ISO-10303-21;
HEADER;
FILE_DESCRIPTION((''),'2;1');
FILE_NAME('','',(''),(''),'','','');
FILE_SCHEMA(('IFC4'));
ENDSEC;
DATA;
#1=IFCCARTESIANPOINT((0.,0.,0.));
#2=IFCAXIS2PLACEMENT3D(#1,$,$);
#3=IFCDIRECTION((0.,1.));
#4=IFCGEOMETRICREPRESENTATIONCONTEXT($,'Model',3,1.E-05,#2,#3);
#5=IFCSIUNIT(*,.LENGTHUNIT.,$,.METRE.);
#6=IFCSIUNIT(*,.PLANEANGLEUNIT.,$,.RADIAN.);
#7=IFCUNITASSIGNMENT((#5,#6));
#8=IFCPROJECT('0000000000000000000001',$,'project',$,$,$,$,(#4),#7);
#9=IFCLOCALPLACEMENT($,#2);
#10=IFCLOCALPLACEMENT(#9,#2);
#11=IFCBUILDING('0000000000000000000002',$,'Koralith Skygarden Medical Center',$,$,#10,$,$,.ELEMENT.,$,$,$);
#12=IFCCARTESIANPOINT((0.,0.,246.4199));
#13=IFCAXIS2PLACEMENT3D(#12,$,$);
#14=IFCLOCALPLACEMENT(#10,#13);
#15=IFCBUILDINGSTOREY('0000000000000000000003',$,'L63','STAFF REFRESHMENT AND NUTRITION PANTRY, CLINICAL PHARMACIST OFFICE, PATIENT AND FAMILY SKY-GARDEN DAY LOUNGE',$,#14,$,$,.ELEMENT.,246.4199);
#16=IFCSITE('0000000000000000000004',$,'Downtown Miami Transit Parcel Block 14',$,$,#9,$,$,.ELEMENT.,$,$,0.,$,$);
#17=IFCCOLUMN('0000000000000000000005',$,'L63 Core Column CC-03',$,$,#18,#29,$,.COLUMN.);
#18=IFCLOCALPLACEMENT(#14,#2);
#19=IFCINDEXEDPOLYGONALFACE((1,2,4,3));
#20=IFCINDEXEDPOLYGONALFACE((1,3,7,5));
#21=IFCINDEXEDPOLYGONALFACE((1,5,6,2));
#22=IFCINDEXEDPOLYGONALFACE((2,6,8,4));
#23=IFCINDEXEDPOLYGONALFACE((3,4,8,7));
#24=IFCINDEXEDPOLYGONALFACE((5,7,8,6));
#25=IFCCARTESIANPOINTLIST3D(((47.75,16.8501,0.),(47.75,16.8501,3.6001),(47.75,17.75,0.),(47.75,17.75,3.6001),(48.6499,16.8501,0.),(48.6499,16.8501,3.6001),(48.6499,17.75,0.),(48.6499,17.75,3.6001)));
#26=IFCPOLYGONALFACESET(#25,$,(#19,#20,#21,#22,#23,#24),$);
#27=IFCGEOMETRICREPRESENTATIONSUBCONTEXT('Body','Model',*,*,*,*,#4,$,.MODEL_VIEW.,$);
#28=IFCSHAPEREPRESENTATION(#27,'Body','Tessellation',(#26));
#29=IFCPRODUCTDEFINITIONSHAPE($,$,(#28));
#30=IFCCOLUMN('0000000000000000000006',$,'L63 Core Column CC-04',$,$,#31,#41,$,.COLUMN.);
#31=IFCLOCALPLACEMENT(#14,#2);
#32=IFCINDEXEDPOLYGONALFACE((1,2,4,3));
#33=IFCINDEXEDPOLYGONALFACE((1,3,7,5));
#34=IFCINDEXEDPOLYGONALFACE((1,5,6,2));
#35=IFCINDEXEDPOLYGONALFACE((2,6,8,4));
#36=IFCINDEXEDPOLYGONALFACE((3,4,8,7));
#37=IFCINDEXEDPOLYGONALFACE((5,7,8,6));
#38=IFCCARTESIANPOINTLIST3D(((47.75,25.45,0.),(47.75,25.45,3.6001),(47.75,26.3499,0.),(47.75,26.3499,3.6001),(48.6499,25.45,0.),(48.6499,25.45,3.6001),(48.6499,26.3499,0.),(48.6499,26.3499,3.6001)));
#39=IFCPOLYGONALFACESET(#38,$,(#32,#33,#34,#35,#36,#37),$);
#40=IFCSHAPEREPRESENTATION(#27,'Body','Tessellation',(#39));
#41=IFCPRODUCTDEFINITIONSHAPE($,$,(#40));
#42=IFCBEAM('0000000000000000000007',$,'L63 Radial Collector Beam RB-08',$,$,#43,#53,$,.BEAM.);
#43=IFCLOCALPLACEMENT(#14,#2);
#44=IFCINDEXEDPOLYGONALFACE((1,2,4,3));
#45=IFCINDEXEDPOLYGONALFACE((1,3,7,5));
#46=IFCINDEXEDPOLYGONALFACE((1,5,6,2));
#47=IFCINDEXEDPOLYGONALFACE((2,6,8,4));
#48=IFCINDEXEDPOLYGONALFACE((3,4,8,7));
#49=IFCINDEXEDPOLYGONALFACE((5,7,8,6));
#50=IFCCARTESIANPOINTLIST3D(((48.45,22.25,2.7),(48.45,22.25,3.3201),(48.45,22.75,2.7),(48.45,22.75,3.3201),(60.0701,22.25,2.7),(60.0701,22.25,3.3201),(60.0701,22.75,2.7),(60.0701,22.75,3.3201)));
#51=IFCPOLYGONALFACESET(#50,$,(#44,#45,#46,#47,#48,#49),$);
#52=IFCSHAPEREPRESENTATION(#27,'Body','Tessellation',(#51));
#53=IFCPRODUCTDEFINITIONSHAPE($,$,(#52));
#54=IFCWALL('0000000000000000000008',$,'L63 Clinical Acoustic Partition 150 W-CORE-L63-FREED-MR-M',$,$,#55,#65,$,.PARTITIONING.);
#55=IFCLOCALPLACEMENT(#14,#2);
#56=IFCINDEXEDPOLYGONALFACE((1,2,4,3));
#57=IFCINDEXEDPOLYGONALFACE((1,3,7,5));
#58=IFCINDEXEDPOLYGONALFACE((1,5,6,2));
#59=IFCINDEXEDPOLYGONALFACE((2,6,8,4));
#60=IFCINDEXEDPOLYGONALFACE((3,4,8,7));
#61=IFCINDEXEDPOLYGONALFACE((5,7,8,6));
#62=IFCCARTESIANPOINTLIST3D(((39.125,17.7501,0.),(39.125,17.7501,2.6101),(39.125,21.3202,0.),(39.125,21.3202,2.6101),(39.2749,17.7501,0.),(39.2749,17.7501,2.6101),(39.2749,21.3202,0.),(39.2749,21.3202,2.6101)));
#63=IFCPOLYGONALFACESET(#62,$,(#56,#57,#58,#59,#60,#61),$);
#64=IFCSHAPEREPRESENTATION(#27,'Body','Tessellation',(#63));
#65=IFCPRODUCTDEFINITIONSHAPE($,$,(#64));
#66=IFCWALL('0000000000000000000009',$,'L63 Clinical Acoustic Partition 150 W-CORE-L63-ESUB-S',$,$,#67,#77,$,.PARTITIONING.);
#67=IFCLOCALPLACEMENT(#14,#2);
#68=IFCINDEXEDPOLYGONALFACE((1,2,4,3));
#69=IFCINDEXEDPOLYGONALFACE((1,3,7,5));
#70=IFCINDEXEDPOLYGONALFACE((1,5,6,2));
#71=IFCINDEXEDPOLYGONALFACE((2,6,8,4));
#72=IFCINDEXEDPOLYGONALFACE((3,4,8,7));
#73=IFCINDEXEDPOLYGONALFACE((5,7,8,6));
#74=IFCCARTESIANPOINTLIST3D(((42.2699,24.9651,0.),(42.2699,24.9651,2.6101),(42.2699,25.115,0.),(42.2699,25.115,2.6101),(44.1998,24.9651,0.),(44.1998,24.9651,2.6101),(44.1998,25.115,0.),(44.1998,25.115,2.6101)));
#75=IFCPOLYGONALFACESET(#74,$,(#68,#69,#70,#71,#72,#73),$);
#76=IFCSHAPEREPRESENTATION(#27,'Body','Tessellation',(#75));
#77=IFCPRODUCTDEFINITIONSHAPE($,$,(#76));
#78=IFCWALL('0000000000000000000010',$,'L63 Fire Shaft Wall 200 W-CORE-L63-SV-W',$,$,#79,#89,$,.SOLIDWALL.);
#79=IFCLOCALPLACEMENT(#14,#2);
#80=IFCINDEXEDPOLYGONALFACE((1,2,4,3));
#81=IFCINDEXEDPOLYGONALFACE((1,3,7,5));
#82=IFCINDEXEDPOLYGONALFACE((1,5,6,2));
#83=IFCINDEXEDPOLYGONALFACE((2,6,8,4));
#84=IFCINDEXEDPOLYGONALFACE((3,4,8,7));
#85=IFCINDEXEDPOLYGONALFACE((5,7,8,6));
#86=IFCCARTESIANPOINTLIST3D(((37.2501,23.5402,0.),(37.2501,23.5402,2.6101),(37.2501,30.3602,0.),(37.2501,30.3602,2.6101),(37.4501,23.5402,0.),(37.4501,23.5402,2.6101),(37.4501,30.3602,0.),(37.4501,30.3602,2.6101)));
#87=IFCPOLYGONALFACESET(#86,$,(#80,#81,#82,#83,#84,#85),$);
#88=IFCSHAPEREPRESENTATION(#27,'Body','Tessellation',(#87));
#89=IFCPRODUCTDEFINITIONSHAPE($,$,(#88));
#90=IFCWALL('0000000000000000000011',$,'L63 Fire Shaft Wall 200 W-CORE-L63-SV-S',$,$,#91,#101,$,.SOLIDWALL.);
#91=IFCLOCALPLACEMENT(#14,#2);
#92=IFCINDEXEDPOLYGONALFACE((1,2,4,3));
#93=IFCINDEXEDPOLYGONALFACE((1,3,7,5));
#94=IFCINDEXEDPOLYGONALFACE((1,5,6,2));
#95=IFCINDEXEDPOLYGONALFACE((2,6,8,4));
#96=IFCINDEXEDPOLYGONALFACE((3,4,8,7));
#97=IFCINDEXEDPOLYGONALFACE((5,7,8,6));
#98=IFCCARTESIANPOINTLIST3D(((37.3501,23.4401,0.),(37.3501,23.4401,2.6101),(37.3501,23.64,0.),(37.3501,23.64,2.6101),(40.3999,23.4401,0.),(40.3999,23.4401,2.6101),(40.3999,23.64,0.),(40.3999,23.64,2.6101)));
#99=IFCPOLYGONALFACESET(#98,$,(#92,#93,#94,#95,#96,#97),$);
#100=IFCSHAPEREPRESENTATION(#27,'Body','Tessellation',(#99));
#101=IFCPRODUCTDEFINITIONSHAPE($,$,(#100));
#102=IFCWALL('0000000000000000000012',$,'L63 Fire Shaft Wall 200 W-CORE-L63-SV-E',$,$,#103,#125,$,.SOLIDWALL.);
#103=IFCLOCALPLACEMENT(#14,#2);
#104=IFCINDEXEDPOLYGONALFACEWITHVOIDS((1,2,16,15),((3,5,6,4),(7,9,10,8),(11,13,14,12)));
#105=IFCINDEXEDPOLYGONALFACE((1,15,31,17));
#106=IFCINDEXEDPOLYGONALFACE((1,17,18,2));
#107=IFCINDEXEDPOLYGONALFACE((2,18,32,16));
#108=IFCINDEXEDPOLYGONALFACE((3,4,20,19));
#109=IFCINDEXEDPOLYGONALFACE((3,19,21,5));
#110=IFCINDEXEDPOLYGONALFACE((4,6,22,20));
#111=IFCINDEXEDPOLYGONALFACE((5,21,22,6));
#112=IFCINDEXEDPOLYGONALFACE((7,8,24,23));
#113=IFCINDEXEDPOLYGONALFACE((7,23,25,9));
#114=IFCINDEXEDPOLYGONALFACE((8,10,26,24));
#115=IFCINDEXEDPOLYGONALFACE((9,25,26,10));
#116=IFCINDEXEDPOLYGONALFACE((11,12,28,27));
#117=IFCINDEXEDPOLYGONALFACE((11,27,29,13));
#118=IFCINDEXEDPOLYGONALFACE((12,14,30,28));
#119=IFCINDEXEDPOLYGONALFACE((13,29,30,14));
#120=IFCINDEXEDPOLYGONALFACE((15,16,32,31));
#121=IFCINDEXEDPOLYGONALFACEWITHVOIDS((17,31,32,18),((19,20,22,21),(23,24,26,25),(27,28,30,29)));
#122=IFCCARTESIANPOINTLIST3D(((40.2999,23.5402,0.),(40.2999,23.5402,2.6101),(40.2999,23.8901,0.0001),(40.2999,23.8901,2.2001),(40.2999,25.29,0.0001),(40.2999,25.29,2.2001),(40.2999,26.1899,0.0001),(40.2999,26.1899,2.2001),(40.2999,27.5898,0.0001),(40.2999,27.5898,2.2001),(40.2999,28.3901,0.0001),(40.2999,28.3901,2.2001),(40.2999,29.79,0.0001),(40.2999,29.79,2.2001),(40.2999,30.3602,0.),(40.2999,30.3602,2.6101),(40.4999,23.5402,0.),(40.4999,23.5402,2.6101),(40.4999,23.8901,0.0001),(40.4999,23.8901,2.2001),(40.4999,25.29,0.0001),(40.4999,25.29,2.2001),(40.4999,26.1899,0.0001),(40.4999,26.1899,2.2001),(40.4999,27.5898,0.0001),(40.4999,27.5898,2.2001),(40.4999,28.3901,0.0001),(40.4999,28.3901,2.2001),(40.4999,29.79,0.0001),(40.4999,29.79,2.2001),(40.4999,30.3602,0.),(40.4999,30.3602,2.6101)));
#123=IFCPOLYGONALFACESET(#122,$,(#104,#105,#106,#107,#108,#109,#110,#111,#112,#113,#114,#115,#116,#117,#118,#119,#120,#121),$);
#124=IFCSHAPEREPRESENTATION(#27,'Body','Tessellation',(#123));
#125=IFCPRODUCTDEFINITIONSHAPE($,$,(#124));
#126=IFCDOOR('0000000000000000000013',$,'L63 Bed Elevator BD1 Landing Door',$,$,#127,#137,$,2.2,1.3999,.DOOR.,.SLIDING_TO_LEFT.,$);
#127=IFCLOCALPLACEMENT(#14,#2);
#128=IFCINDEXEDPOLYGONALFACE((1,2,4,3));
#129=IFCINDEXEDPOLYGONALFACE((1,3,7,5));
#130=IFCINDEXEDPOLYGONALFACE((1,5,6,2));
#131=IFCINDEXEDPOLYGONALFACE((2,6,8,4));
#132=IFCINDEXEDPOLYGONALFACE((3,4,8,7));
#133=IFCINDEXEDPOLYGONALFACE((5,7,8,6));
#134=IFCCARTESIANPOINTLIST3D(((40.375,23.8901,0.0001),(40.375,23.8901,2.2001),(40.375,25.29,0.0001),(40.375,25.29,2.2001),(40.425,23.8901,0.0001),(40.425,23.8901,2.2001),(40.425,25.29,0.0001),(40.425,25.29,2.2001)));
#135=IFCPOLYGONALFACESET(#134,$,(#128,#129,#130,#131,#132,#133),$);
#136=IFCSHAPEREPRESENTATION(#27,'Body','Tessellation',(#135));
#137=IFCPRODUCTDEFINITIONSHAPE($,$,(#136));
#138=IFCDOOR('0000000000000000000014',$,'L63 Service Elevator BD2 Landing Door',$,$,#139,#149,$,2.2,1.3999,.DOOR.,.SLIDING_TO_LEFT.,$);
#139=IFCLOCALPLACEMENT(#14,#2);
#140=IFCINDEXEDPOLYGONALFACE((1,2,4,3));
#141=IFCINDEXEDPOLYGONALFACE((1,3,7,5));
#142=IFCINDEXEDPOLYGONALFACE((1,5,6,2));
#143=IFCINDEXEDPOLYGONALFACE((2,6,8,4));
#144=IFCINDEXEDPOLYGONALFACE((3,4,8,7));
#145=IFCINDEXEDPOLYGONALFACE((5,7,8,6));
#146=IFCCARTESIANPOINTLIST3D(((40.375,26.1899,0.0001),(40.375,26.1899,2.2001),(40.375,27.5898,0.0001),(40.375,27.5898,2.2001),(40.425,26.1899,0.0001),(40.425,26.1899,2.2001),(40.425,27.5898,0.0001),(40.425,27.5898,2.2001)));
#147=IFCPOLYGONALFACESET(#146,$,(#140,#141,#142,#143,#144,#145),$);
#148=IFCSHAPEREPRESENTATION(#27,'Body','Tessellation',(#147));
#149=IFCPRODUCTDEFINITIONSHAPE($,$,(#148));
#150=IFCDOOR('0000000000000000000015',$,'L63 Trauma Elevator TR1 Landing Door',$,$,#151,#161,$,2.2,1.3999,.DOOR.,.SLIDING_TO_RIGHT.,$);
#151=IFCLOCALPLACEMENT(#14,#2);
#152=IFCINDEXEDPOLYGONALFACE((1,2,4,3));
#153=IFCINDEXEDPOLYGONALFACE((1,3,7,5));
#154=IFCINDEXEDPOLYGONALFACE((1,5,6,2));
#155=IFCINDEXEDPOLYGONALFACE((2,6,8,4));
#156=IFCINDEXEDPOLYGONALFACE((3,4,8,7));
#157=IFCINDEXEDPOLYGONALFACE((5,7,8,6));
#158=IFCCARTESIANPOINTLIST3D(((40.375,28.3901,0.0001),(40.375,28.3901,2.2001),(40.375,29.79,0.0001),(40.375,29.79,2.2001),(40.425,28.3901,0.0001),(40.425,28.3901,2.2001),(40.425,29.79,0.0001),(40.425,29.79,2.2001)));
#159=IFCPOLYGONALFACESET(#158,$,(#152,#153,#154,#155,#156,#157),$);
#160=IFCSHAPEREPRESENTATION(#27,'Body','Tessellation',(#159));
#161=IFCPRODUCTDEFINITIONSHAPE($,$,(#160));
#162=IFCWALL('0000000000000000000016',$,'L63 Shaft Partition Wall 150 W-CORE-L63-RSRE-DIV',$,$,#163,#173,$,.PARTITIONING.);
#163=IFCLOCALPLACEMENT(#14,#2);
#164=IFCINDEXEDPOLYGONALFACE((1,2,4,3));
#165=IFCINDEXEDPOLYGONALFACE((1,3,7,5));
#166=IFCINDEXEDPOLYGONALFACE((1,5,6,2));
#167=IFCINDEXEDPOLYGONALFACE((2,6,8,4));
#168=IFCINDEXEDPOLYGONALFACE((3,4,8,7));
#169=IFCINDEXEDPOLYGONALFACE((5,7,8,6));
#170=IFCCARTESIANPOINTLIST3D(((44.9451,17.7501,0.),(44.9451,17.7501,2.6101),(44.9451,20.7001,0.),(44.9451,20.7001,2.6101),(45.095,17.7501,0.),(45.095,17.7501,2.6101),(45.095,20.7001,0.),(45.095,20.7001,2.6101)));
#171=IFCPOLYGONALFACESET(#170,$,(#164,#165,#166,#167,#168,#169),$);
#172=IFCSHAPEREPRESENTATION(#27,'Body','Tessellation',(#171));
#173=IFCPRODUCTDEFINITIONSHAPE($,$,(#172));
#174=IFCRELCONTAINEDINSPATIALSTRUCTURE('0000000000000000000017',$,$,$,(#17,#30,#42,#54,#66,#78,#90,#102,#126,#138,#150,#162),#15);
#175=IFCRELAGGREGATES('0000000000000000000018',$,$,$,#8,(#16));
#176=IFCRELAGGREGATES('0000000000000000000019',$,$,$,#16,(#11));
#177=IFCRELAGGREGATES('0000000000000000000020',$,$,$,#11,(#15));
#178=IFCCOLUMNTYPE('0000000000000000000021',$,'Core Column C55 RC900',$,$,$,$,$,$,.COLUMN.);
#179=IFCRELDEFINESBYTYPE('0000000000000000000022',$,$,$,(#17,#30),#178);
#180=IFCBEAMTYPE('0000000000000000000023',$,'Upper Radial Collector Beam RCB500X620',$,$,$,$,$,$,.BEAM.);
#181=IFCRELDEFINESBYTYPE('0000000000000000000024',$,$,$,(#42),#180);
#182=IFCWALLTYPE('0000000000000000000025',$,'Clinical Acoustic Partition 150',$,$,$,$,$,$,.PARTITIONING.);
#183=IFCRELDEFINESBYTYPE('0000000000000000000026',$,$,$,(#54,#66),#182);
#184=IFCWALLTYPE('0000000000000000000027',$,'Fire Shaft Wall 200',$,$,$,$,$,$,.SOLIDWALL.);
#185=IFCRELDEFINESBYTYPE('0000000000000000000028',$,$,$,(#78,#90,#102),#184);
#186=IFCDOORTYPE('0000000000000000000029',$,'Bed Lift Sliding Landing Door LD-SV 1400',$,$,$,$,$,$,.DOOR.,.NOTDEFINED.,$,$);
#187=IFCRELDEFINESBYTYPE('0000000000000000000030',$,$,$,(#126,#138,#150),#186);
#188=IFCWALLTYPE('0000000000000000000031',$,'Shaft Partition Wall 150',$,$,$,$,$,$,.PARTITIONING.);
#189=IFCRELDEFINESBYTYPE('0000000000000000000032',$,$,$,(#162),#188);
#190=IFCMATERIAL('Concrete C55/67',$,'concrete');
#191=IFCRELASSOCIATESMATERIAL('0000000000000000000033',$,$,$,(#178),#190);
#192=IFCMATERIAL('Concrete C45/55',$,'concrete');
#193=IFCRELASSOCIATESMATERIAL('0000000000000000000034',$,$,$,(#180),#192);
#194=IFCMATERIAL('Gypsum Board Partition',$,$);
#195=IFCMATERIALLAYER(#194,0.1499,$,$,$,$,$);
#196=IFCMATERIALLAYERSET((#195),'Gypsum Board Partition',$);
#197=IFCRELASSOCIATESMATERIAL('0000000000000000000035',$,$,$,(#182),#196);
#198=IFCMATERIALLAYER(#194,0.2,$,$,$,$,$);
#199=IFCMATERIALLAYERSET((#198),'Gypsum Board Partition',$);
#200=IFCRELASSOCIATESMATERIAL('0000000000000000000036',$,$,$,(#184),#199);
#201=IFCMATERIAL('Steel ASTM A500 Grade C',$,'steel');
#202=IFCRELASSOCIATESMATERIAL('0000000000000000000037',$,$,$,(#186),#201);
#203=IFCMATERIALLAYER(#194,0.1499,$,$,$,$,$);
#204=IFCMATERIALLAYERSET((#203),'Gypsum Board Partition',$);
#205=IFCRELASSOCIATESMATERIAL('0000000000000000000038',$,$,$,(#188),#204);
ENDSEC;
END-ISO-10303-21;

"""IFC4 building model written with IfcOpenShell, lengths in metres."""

from ifc_helpers import new_model, si_unit, direction, frame, frame_2d, origin, origin_2d, place, context, subcontext, project, spatial, rectangle, extrude, material, layer, layer_set, material_profile, profile_set, type_object, element, fill, save


model = new_model("IFC4")

# Units and contexts
model_context = context("Model", 3, precision=1e-05, world=origin(), true_north=direction((0.0, 1.0)))
body_context = subcontext(model_context, "Body", "Model", "MODEL_VIEW")
ifc_project = project(units=[si_unit("LENGTHUNIT", "METRE"), si_unit("PLANEANGLEUNIT", "RADIAN")], contexts=[model_context])

# Site, building, storey
site_placement = place(None, origin())
site = spatial("IfcSite", under=ifc_project, at=site_placement, Name="Downtown Miami Transit Parcel Block 14", CompositionType="ELEMENT", RefElevation=0.0)
building_placement = place(site_placement, origin())
building = spatial("IfcBuilding", under=site, at=building_placement, Name="Koralith Skygarden Medical Center", CompositionType="ELEMENT")
storey_placement = place(building_placement, frame((0.0, 0.0, 246.4199)))
storey = spatial("IfcBuildingStorey", under=building, at=storey_placement, Name="L63", Description="STAFF REFRESHMENT AND NUTRITION PANTRY, CLINICAL PHARMACIST OFFICE, PATIENT AND FAMILY SKY-GARDEN DAY LOUNGE", CompositionType="ELEMENT", Elevation=246.4199)

# Columns
ifc_material_1 = material(Name="Concrete C55/67", Category="concrete")
ifc_material_profile_1 = material_profile(ifc_material_1, rectangle(XDim=0.8999, YDim=0.8999, at=origin_2d()), Name="RC900X900")
ifc_profile_set_1 = profile_set([ifc_material_profile_1], Name="Concrete C55/67")
column_type = type_object("IfcColumnType", Name="Core Column C55 RC900", PredefinedType="COLUMN", material=ifc_profile_set_1)
for number, where, z_axis, x_axis, name in (
    (1, (48.2, 17.3, 0.0), (0.0, 0.0, 1.0), (1.0, 0.0, 0.0), "L63 Core Column CC-03"),
    (2, (48.2, 25.8999, 0.0), (0.0, 0.0, 1.0), (1.0, 0.0, 0.0), "L63 Core Column CC-04"),
):
    element("IfcColumn", number, at=place(storey_placement, frame(where, z_axis=z_axis, x_axis=x_axis)), inside=storey, type_object=column_type, Name=name, PredefinedType="COLUMN", context=body_context, shape_type="SweptSolid", body=[
        extrude(rectangle(XDim=0.8999, YDim=0.8999, at=origin_2d()), origin(), (0.0, 0.0, 1.0), 3.6001),
    ])

# Beam
ifc_material_2 = material(Name="Concrete C45/55", Category="concrete")
ifc_material_profile_2 = material_profile(ifc_material_2, rectangle(XDim=0.5, YDim=0.6201, at=origin_2d()), Name="RCB500X620")
ifc_profile_set_2 = profile_set([ifc_material_profile_2], Name="Concrete C45/55")
beam_type = type_object("IfcBeamType", Name="Upper Radial Collector Beam RCB500X620", PredefinedType="BEAM", material=ifc_profile_set_2)
beam_placement = place(storey_placement, frame((48.45, 22.5, 3.01), z_axis=(1.0, 0.0, 0.0), x_axis=(0.0, 1.0, 0.0)))
element("IfcBeam", 3, at=beam_placement, inside=storey, type_object=beam_type, Name="L63 Radial Collector Beam RB-08", PredefinedType="BEAM", context=body_context, shape_type="SweptSolid", body=[
    extrude(rectangle(XDim=0.5, YDim=0.6201, at=origin_2d()), origin(), (0.0, 0.0, 1.0), 11.6201),
])

# Shared definitions
ifc_material_3 = material(Name="Gypsum Board Partition")
ifc_layer_1 = layer(ifc_material_3, 0.1499)
ifc_layer_set_1 = layer_set([ifc_layer_1], Name="Gypsum Board Partition")
wall_type_1 = type_object("IfcWallType", Name="Clinical Acoustic Partition 150", PredefinedType="PARTITIONING", material=ifc_layer_set_1)

# Wall
wall_1_placement = place(storey_placement, frame((39.2, 17.75, 0.0), z_axis=(0.0, 0.0, 1.0), x_axis=(0.0, 1.0, 0.0)))
element("IfcWall", 4, at=wall_1_placement, inside=storey, type_object=wall_type_1, Name="L63 Clinical Acoustic Partition 150 W-CORE-L63-FREED-MR-M", PredefinedType="PARTITIONING", context=body_context, shape_type="SweptSolid", body=[
    extrude(rectangle(XDim=3.5701, YDim=0.1499, at=frame_2d((1.7852, 0.0))), origin(), (0.0, 0.0, 1.0), 2.6101),
])

# Wall
wall_2_placement = place(storey_placement, frame((42.27, 25.04, 0.0), z_axis=(0.0, 0.0, 1.0), x_axis=(1.0, 0.0, 0.0)))
element("IfcWall", 5, at=wall_2_placement, inside=storey, type_object=wall_type_1, Name="L63 Clinical Acoustic Partition 150 W-CORE-L63-ESUB-S", PredefinedType="PARTITIONING", context=body_context, shape_type="SweptSolid", body=[
    extrude(rectangle(XDim=1.9299, YDim=0.1499, at=frame_2d((0.9648, 0.0))), origin(), (0.0, 0.0, 1.0), 2.6101),
])

# Shared definitions
ifc_layer_2 = layer(ifc_material_3, 0.2)
ifc_layer_set_2 = layer_set([ifc_layer_2], Name="Gypsum Board Partition")
wall_type_2 = type_object("IfcWallType", Name="Fire Shaft Wall 200", PredefinedType="SOLIDWALL", material=ifc_layer_set_2)
ifc_material_4 = material(Name="Steel ASTM A500 Grade C", Category="steel")

# Walls
wall_3_placement = place(storey_placement, frame((37.3501, 23.54, 0.0), z_axis=(0.0, 0.0, 1.0), x_axis=(0.0, 1.0, 0.0)))
element("IfcWall", 6, at=wall_3_placement, inside=storey, type_object=wall_type_2, Name="L63 Fire Shaft Wall 200 W-CORE-L63-SV-W", PredefinedType="SOLIDWALL", context=body_context, shape_type="SweptSolid", body=[
    extrude(rectangle(XDim=6.8201, YDim=0.2, at=frame_2d((3.4102, 0.0))), origin(), (0.0, 0.0, 1.0), 2.6101),
])
wall_4_placement = place(storey_placement, frame((37.3501, 23.54, 0.0), z_axis=(0.0, 0.0, 1.0), x_axis=(1.0, 0.0, 0.0)))
element("IfcWall", 7, at=wall_4_placement, inside=storey, type_object=wall_type_2, Name="L63 Fire Shaft Wall 200 W-CORE-L63-SV-S", PredefinedType="SOLIDWALL", context=body_context, shape_type="SweptSolid", body=[
    extrude(rectangle(XDim=3.0498, YDim=0.2, at=frame_2d((1.5249, 0.0))), origin(), (0.0, 0.0, 1.0), 2.6101),
])

# Wall, openings, doors
wall_5_placement = place(storey_placement, frame((40.3999, 23.54, 0.0), z_axis=(0.0, 0.0, 1.0), x_axis=(0.0, 1.0, 0.0)))
wall_5 = element("IfcWall", 8, at=wall_5_placement, inside=storey, type_object=wall_type_2, Name="L63 Fire Shaft Wall 200 W-CORE-L63-SV-E", PredefinedType="SOLIDWALL", context=body_context, shape_type="SweptSolid", body=[
    extrude(rectangle(XDim=6.8201, YDim=0.2, at=frame_2d((3.4102, 0.0))), origin(), (0.0, 0.0, 1.0), 2.6101),
])
opening_1_placement = place(wall_5_placement, frame((0.3501, 0.0, 0.0)))
opening_1 = element("IfcOpeningElement", 9, at=opening_1_placement, cuts=wall_5, PredefinedType="OPENING", context=body_context, shape_type="SweptSolid", body=[
    extrude(rectangle(XDim=1.3999, YDim=2.2, at=frame_2d((0.7, 1.1001))), frame((0.0, 0.1099, 0.0), z_axis=(0.0, -1.0, 0.0), x_axis=(1.0, 0.0, 0.0)), (0.0, 0.0, 1.0), 0.22),
])
opening_2_placement = place(wall_5_placement, frame((2.6499, 0.0, 0.0)))
opening_2 = element("IfcOpeningElement", 10, at=opening_2_placement, cuts=wall_5, PredefinedType="OPENING", context=body_context, shape_type="SweptSolid", body=[
    extrude(rectangle(XDim=1.3999, YDim=2.2, at=frame_2d((0.7, 1.1001))), frame((0.0, 0.1099, 0.0), z_axis=(0.0, -1.0, 0.0), x_axis=(1.0, 0.0, 0.0)), (0.0, 0.0, 1.0), 0.22),
])
opening_3_placement = place(wall_5_placement, frame((4.8501, 0.0, 0.0)))
opening_3 = element("IfcOpeningElement", 11, at=opening_3_placement, cuts=wall_5, PredefinedType="OPENING", context=body_context, shape_type="SweptSolid", body=[
    extrude(rectangle(XDim=1.3999, YDim=2.2, at=frame_2d((0.7, 1.1001))), frame((0.0, 0.1099, 0.0), z_axis=(0.0, -1.0, 0.0), x_axis=(1.0, 0.0, 0.0)), (0.0, 0.0, 1.0), 0.22),
])
door_type_1 = type_object("IfcDoorType", Name="Bed Lift Sliding Landing Door LD-SV 1400", OperationType="NOTDEFINED", PredefinedType="DOOR", material=ifc_material_4)
door_1_placement = place(opening_1_placement, origin())
door_1 = element("IfcDoor", 12, at=door_1_placement, inside=storey, type_object=door_type_1, Name="L63 Bed Elevator BD1 Landing Door", OperationType="SLIDING_TO_LEFT", OverallHeight=2.2, OverallWidth=1.3999, PredefinedType="DOOR", context=body_context, shape_type="SweptSolid", body=[
    extrude(rectangle(XDim=1.3999, YDim=2.2, at=frame_2d((0.7, 1.1001))), frame((0.0, 0.0249, 0.0), z_axis=(0.0, -1.0, 0.0), x_axis=(1.0, 0.0, 0.0)), (0.0, 0.0, 1.0), 0.05),
])
fill(opening_1, door_1)
door_2_placement = place(opening_2_placement, origin())
door_2 = element("IfcDoor", 13, at=door_2_placement, inside=storey, type_object=door_type_1, Name="L63 Service Elevator BD2 Landing Door", OperationType="SLIDING_TO_LEFT", OverallHeight=2.2, OverallWidth=1.3999, PredefinedType="DOOR", context=body_context, shape_type="SweptSolid", body=[
    extrude(rectangle(XDim=1.3999, YDim=2.2, at=frame_2d((0.7, 1.1001))), frame((0.0, 0.0249, 0.0), z_axis=(0.0, -1.0, 0.0), x_axis=(1.0, 0.0, 0.0)), (0.0, 0.0, 1.0), 0.05),
])
fill(opening_2, door_2)
door_3_placement = place(opening_3_placement, origin())
door_3 = element("IfcDoor", 14, at=door_3_placement, inside=storey, type_object=door_type_1, Name="L63 Trauma Elevator TR1 Landing Door", OperationType="SLIDING_TO_RIGHT", OverallHeight=2.2, OverallWidth=1.3999, PredefinedType="DOOR", context=body_context, shape_type="SweptSolid", body=[
    extrude(rectangle(XDim=1.3999, YDim=2.2, at=frame_2d((0.7, 1.1001))), frame((0.0, 0.0249, 0.0), z_axis=(0.0, -1.0, 0.0), x_axis=(1.0, 0.0, 0.0)), (0.0, 0.0, 1.0), 0.05),
])
fill(opening_3, door_3)

# Wall
ifc_layer_3 = layer(ifc_material_3, 0.1499)
ifc_layer_set_3 = layer_set([ifc_layer_3], Name="Gypsum Board Partition")
wall_type_3 = type_object("IfcWallType", Name="Shaft Partition Wall 150", PredefinedType="PARTITIONING", material=ifc_layer_set_3)
wall_6_placement = place(storey_placement, frame((45.02, 17.75, 0.0), z_axis=(0.0, 0.0, 1.0), x_axis=(0.0, 1.0, 0.0)))
element("IfcWall", 15, at=wall_6_placement, inside=storey, type_object=wall_type_3, Name="L63 Shaft Partition Wall 150 W-CORE-L63-RSRE-DIV", PredefinedType="PARTITIONING", context=body_context, shape_type="SweptSolid", body=[
    extrude(rectangle(XDim=2.95, YDim=0.1499, at=frame_2d((1.4751, 0.0))), origin(), (0.0, 0.0, 1.0), 2.6101),
])

save(model, "model.ifc")
